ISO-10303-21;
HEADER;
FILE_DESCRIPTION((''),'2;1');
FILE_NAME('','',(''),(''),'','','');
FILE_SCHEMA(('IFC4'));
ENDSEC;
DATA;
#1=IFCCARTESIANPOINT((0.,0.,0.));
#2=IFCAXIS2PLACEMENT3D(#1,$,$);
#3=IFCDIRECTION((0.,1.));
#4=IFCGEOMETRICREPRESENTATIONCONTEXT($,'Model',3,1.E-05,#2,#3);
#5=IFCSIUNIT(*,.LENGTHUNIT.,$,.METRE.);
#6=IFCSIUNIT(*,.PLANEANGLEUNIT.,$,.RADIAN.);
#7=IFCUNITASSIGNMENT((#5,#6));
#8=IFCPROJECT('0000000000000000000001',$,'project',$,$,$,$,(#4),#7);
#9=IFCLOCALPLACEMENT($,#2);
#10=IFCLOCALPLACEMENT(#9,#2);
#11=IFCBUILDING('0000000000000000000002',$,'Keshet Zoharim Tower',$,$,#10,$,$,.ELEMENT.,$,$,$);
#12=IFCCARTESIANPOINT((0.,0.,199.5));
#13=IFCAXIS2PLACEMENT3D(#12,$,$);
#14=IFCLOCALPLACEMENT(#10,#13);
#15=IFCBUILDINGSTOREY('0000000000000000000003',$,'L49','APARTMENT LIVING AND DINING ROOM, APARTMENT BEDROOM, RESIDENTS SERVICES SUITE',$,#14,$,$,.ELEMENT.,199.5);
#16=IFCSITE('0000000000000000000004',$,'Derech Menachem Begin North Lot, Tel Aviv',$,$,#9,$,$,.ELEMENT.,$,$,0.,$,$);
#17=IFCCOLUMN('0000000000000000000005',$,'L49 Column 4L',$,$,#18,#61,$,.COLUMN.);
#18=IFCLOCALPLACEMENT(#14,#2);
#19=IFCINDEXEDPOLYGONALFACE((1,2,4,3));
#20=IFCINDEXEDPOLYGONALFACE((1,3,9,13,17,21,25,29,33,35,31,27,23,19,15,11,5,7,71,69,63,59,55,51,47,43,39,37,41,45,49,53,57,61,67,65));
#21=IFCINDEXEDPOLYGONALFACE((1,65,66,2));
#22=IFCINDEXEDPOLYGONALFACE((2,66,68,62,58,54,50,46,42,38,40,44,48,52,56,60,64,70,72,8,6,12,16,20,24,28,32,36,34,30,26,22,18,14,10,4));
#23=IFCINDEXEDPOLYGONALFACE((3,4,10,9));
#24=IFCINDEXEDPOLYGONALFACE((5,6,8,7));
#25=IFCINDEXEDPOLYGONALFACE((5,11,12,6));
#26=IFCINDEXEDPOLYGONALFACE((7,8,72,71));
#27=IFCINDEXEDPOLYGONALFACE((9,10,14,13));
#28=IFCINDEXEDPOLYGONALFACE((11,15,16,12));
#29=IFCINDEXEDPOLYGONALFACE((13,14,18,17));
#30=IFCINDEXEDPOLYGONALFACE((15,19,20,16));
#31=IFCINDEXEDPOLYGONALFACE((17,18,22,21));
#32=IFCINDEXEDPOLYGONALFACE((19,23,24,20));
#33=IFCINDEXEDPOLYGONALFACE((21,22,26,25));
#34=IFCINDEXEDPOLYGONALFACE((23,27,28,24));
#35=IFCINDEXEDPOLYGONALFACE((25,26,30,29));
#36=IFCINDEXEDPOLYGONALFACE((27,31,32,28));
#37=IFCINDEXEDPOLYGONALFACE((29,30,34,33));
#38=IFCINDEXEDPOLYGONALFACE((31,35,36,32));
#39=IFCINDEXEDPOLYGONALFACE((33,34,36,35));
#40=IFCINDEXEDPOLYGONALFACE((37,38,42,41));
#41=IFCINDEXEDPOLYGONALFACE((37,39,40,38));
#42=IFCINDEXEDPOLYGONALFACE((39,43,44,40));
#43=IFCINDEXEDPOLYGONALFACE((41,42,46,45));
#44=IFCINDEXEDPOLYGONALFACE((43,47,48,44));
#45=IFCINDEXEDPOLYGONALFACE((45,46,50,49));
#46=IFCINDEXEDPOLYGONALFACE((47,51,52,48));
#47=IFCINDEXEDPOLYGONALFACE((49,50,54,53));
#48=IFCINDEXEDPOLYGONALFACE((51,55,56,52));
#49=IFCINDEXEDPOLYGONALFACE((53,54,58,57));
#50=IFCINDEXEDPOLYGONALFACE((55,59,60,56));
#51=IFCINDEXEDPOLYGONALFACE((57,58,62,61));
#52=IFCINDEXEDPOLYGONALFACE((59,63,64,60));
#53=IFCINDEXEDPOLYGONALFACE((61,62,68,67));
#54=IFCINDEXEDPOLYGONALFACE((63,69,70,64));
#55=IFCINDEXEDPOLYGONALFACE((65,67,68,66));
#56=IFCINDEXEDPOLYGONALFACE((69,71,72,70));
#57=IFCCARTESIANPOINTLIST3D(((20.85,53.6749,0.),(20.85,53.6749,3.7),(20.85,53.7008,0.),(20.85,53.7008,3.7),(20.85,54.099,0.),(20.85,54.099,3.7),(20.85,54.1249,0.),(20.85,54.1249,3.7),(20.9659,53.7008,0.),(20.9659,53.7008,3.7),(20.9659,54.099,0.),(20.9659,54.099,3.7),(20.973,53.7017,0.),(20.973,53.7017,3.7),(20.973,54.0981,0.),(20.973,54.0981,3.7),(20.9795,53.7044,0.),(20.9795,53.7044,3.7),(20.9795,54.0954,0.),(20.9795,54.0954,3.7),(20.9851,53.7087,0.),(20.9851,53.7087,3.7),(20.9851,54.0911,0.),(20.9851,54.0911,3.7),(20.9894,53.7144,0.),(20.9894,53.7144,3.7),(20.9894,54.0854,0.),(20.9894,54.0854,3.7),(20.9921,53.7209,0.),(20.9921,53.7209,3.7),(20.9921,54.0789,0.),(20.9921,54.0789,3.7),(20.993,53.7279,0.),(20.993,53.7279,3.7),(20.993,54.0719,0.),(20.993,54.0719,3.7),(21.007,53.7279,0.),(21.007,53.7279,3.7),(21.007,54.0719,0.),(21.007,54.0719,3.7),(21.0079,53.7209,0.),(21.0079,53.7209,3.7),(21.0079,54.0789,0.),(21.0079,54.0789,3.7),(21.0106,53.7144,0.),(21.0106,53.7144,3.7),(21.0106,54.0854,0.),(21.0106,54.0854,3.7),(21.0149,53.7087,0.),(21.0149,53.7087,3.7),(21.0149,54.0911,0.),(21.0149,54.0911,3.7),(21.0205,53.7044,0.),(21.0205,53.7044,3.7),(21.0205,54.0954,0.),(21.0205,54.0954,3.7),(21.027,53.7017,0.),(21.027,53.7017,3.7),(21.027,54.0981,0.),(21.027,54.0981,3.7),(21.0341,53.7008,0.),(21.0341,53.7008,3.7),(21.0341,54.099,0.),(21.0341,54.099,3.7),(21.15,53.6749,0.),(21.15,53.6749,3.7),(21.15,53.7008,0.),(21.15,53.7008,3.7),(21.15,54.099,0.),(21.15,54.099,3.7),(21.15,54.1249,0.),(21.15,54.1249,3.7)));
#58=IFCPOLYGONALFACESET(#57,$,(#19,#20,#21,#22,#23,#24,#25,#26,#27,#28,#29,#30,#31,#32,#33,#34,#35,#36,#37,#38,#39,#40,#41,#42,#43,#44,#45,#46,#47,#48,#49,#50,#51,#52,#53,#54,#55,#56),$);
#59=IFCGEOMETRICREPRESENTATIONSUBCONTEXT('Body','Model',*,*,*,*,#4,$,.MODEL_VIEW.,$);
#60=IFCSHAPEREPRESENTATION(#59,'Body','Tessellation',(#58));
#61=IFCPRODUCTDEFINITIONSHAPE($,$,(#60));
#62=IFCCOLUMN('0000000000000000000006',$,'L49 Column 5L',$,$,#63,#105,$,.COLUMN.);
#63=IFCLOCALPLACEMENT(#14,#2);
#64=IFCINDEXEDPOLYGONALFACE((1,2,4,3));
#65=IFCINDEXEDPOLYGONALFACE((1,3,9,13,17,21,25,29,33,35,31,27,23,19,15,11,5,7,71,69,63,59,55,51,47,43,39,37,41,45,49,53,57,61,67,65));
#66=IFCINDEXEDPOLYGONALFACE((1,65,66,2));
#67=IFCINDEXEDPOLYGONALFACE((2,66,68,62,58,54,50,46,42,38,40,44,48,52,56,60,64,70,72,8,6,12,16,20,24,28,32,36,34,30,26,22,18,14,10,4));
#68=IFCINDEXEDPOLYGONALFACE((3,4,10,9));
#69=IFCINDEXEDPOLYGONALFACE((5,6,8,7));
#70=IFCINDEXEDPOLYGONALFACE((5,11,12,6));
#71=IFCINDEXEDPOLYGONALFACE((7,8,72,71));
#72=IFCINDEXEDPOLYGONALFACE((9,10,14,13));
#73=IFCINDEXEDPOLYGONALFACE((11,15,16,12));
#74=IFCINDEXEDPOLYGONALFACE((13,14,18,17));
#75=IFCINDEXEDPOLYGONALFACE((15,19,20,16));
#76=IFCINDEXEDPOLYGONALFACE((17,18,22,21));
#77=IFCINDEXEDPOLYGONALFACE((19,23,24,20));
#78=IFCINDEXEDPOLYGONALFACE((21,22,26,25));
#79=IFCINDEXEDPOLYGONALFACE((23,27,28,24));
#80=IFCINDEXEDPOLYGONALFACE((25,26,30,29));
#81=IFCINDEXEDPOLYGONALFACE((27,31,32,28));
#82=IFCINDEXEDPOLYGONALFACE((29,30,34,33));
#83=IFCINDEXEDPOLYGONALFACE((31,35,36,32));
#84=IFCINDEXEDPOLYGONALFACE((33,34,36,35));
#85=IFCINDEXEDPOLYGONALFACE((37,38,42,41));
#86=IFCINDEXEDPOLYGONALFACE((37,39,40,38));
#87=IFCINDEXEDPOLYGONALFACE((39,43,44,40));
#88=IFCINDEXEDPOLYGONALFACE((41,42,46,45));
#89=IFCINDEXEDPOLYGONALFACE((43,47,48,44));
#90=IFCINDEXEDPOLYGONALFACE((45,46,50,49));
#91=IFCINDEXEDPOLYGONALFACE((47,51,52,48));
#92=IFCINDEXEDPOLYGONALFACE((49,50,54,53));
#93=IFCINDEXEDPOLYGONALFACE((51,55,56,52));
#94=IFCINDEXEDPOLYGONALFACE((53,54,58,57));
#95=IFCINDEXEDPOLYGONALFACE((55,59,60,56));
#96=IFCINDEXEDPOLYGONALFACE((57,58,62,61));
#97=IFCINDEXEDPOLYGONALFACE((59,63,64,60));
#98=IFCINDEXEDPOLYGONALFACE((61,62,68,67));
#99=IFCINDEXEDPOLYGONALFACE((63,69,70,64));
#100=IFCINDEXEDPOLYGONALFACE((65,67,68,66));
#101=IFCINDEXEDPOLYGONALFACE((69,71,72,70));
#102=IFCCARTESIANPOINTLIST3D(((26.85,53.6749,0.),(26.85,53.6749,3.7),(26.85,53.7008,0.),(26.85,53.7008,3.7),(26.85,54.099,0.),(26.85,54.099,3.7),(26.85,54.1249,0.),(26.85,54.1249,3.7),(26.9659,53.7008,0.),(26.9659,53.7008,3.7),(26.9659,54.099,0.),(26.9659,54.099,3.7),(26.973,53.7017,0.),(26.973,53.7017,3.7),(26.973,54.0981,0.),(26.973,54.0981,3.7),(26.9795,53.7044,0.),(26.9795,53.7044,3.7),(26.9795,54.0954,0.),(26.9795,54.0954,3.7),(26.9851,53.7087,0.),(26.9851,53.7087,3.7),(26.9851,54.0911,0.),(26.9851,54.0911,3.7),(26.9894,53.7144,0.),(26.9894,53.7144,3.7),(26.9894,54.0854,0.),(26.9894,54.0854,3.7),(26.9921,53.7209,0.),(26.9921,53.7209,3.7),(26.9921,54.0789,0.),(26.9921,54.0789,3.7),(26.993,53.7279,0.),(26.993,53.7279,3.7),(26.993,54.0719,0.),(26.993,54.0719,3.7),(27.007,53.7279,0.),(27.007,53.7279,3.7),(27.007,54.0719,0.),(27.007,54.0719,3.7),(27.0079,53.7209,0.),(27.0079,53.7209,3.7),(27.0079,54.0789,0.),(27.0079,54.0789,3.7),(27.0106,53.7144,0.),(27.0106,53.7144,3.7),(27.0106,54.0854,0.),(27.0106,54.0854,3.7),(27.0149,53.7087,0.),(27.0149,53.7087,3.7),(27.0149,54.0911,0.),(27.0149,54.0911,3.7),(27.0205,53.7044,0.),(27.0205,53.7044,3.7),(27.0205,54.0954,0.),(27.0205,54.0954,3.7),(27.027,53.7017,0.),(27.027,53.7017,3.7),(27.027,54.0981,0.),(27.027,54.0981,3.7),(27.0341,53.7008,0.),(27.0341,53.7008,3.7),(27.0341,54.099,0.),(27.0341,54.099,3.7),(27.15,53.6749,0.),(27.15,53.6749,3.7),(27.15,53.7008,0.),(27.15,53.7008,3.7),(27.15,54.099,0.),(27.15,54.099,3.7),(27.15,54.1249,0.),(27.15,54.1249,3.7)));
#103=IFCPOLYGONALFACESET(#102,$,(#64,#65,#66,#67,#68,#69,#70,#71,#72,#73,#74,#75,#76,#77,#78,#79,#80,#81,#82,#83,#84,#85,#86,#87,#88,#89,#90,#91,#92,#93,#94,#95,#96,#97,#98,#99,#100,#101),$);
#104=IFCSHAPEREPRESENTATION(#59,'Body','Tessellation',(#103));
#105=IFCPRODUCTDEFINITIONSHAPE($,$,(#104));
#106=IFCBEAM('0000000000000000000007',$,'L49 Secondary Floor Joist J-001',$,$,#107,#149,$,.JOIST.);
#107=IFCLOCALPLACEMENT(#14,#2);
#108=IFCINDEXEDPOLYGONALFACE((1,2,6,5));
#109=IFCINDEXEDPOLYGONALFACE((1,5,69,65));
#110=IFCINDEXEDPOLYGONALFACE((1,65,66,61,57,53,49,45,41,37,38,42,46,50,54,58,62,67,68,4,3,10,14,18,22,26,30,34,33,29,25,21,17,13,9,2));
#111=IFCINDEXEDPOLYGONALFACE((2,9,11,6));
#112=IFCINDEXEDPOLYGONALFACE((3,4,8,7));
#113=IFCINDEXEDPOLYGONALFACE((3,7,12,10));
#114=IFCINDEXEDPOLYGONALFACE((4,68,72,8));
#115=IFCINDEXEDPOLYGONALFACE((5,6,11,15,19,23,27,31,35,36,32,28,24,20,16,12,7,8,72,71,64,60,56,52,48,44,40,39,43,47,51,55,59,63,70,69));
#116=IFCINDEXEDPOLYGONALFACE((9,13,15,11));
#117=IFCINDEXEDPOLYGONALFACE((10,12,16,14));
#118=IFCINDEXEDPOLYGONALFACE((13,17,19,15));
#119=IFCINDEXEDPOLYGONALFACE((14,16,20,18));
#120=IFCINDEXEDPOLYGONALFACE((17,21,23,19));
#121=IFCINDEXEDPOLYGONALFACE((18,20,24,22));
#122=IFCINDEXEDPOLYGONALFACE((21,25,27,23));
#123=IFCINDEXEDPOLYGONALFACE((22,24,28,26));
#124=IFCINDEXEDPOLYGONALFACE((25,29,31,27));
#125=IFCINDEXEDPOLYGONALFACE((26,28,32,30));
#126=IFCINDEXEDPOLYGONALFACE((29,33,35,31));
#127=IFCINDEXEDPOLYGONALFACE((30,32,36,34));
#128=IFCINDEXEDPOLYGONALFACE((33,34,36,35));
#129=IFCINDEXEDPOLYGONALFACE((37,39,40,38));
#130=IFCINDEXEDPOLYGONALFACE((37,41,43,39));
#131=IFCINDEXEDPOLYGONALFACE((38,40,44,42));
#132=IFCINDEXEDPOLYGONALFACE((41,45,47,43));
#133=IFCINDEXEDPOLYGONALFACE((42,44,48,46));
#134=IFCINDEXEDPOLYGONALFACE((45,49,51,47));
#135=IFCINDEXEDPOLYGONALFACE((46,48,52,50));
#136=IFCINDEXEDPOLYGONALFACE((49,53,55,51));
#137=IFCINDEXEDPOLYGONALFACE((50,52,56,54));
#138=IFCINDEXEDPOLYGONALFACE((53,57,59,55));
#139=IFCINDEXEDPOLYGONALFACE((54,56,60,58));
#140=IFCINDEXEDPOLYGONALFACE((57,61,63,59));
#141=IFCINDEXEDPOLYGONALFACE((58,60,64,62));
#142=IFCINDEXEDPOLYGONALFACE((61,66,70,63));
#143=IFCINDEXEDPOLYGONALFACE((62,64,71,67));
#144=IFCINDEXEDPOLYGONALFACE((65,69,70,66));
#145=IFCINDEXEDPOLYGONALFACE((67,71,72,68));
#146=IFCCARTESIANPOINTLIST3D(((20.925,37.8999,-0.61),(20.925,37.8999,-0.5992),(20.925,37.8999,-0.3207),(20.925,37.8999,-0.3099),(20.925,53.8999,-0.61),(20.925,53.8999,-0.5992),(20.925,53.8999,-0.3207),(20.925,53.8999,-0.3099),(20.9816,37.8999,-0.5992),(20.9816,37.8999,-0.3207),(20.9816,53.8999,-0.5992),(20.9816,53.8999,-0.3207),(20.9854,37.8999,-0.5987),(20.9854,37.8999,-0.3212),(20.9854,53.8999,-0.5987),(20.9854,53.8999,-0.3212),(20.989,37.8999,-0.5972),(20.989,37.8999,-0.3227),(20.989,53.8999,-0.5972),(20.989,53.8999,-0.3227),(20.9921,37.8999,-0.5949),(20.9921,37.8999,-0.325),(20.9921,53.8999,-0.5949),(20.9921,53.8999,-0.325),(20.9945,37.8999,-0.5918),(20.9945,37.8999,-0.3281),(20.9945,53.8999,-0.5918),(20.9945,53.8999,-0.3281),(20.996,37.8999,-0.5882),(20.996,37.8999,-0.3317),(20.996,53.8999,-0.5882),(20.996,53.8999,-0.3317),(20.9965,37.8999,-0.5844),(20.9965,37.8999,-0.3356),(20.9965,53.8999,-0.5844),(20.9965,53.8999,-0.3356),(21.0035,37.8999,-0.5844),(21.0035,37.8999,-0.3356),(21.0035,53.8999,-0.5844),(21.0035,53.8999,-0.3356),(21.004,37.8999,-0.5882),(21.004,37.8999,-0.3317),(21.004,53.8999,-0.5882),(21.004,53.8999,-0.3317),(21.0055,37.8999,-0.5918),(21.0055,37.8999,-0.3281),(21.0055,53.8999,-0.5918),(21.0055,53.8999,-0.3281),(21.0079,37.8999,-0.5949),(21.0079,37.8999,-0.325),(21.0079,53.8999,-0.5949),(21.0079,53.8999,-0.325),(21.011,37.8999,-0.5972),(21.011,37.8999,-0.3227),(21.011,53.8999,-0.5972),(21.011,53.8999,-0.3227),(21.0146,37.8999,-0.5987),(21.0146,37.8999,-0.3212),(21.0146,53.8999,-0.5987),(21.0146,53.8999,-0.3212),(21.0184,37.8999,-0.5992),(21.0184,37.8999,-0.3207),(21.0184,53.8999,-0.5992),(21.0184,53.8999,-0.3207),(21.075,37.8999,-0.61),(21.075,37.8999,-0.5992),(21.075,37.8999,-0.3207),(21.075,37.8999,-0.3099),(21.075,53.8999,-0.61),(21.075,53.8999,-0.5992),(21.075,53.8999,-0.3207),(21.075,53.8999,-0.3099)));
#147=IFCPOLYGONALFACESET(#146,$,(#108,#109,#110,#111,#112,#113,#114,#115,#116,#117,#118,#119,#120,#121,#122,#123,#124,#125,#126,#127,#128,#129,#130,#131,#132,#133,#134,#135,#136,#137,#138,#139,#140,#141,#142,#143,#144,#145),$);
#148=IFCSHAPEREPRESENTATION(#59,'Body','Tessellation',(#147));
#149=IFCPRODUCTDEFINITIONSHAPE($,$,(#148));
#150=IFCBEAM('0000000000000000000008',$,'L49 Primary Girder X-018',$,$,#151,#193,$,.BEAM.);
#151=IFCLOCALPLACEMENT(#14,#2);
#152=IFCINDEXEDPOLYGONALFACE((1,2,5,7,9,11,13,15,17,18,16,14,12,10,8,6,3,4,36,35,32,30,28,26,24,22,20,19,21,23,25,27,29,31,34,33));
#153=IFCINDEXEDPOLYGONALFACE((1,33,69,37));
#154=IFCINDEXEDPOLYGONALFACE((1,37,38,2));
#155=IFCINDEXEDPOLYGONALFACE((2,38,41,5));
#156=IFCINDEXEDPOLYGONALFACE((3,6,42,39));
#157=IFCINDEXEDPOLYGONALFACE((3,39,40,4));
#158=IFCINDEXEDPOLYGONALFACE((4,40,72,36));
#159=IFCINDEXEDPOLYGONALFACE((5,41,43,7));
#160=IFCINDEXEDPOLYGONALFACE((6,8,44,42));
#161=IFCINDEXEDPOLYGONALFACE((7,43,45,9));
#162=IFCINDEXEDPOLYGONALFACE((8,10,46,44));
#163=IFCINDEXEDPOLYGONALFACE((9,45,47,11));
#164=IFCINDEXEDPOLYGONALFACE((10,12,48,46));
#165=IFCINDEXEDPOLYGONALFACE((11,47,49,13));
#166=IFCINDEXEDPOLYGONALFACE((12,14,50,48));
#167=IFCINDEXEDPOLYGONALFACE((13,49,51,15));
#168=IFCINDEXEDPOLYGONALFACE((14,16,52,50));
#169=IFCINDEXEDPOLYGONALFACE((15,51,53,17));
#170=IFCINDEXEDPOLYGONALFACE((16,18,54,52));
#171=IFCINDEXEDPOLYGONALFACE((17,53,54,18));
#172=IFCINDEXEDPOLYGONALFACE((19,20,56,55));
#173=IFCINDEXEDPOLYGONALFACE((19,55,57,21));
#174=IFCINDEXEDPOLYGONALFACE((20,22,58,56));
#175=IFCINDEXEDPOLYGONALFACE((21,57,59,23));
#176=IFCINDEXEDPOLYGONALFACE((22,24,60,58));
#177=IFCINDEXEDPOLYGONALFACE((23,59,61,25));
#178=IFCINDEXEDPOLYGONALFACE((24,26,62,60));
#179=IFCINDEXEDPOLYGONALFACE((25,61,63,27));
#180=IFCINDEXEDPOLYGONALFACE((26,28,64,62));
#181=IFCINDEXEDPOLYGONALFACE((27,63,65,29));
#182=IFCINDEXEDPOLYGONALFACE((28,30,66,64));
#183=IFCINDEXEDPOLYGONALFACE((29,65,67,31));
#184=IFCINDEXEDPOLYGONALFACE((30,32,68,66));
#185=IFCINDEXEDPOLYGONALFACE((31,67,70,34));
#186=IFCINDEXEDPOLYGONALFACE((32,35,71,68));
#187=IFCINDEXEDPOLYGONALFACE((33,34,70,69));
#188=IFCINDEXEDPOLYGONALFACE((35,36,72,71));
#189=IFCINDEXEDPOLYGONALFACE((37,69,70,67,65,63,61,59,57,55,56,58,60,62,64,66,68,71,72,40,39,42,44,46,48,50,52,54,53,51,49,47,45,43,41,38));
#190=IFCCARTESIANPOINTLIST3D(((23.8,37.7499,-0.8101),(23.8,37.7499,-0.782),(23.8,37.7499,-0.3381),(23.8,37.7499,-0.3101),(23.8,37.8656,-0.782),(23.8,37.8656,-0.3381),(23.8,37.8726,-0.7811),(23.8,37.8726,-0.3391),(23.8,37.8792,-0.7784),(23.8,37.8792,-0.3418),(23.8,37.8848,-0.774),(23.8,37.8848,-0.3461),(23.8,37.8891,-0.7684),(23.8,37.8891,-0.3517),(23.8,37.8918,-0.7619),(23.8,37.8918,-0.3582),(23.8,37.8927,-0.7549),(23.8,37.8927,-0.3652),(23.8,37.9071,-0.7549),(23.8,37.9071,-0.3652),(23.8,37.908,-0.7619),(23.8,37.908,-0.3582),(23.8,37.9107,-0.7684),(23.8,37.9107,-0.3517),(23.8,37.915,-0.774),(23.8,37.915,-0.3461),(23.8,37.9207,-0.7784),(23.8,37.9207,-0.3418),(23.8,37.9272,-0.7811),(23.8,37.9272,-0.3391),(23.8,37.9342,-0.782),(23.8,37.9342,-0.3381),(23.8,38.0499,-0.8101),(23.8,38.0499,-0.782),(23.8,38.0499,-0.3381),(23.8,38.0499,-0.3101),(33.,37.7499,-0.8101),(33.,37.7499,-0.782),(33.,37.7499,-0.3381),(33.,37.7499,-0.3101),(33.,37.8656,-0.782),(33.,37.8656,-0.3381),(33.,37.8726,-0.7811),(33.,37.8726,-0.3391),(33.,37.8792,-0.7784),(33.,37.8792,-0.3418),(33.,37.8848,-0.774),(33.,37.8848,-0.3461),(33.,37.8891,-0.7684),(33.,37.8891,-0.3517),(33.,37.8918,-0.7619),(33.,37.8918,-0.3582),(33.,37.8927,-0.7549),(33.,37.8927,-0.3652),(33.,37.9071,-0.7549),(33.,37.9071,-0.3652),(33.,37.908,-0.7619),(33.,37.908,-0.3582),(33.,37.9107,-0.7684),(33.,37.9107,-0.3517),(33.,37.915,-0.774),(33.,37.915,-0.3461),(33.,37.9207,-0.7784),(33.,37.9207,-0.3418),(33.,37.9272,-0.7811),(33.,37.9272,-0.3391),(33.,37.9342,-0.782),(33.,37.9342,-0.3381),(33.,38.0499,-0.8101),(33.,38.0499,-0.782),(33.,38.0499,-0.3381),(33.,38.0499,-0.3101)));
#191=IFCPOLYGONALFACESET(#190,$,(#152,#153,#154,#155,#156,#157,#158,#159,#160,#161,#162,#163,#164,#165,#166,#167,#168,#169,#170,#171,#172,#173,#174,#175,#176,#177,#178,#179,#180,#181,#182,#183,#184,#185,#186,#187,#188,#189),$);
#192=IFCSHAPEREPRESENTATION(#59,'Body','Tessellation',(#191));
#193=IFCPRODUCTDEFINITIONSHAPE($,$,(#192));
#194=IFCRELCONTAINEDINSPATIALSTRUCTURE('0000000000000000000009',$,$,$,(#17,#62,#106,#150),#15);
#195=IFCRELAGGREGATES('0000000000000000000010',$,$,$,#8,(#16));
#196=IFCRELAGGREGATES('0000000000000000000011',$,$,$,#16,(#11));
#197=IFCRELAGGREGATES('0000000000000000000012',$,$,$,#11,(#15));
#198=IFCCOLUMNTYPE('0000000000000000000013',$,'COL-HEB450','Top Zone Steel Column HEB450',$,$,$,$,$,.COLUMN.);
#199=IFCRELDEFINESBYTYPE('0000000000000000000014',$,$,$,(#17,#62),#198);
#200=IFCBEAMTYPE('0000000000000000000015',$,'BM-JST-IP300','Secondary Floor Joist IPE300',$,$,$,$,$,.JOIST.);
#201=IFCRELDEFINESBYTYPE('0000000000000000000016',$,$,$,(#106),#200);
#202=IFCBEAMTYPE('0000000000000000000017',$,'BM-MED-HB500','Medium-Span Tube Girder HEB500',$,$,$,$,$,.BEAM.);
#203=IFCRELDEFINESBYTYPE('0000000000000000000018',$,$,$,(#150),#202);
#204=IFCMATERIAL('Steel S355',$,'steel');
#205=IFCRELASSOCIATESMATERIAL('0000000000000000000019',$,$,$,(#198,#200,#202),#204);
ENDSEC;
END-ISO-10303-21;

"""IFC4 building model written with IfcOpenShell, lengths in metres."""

from ifc_helpers import new_model, si_unit, direction, frame, origin, origin_2d, place, context, subcontext, project, spatial, i_section, extrude, material, material_profile, profile_set, type_object, element, save


model = new_model("IFC4")

# Units and contexts
model_context = context("Model", 3, precision=1e-05, world=origin(), true_north=direction((0.0, 1.0)))
body_context = subcontext(model_context, "Body", "Model", "MODEL_VIEW")
ifc_project = project(units=[si_unit("LENGTHUNIT", "METRE"), si_unit("PLANEANGLEUNIT", "RADIAN")], contexts=[model_context])

# Site, building, storey
site_placement = place(None, origin())
site = spatial("IfcSite", under=ifc_project, at=site_placement, Name="Derech Menachem Begin North Lot, Tel Aviv", CompositionType="ELEMENT", RefElevation=0.0)
building_placement = place(site_placement, origin())
building = spatial("IfcBuilding", under=site, at=building_placement, Name="Keshet Zoharim Tower", CompositionType="ELEMENT")
storey_placement = place(building_placement, frame((0.0, 0.0, 199.5)))
storey = spatial("IfcBuildingStorey", under=building, at=storey_placement, Name="L49", Description="APARTMENT LIVING AND DINING ROOM, APARTMENT BEDROOM, RESIDENTS SERVICES SUITE", CompositionType="ELEMENT", Elevation=199.5)

# Columns
ifc_material_1 = material(Name="Steel S355", Category="steel")
ifc_material_profile_1 = material_profile(ifc_material_1, i_section(OverallWidth=0.3, OverallDepth=0.45, WebThickness=0.0139, FlangeThickness=0.0259, FilletRadius=0.0271, at=origin_2d()), Name="HEB450")
ifc_profile_set_1 = profile_set([ifc_material_profile_1], Name="Steel S355")
column_type = type_object("IfcColumnType", Name="COL-HEB450", Description="Top Zone Steel Column HEB450", PredefinedType="COLUMN", material=ifc_profile_set_1)
for number, where, z_axis, x_axis, name in (
    (1, (21.0, 53.8999, 0.0), (0.0, 0.0, 1.0), (1.0, 0.0, 0.0), "L49 Column 4L"),
    (2, (27.0, 53.8999, 0.0), (0.0, 0.0, 1.0), (1.0, 0.0, 0.0), "L49 Column 5L"),
):
    element("IfcColumn", number, at=place(storey_placement, frame(where, z_axis=z_axis, x_axis=x_axis)), inside=storey, type_object=column_type, Name=name, PredefinedType="COLUMN", context=body_context, shape_type="SweptSolid", body=[
        extrude(i_section(OverallWidth=0.3, OverallDepth=0.45, WebThickness=0.0139, FlangeThickness=0.0259, FilletRadius=0.0271, at=origin_2d()), origin(), (0.0, 0.0, 1.0), 3.7),
    ])

# Beams
ifc_material_profile_2 = material_profile(ifc_material_1, i_section(OverallWidth=0.1499, OverallDepth=0.3, WebThickness=0.0071, FlangeThickness=0.0107, FilletRadius=0.0149, at=origin_2d()), Name="IPE300")
ifc_profile_set_2 = profile_set([ifc_material_profile_2], Name="Steel S355")
beam_type_1 = type_object("IfcBeamType", Name="BM-JST-IP300", Description="Secondary Floor Joist IPE300", PredefinedType="JOIST", material=ifc_profile_set_2)
beam_1_placement = place(storey_placement, frame((21.0, 37.8999, -0.46), z_axis=(0.0, 1.0, 0.0), x_axis=(-1.0, 0.0, 0.0)))
element("IfcBeam", 3, at=beam_1_placement, inside=storey, type_object=beam_type_1, Name="L49 Secondary Floor Joist J-001", PredefinedType="JOIST", context=body_context, shape_type="SweptSolid", body=[
    extrude(i_section(OverallWidth=0.1499, OverallDepth=0.3, WebThickness=0.0071, FlangeThickness=0.0107, FilletRadius=0.0149, at=origin_2d()), origin(), (0.0, 0.0, 1.0), 16.0),
])
ifc_material_profile_3 = material_profile(ifc_material_1, i_section(OverallWidth=0.3, OverallDepth=0.5, WebThickness=0.0144, FlangeThickness=0.0281, FilletRadius=0.0271, at=origin_2d()), Name="HEB500")
ifc_profile_set_3 = profile_set([ifc_material_profile_3], Name="Steel S355")
beam_type_2 = type_object("IfcBeamType", Name="BM-MED-HB500", Description="Medium-Span Tube Girder HEB500", PredefinedType="BEAM", material=ifc_profile_set_3)
beam_2_placement = place(storey_placement, frame((23.8, 37.8999, -0.5601), z_axis=(1.0, 0.0, 0.0), x_axis=(0.0, 1.0, 0.0)))
element("IfcBeam", 4, at=beam_2_placement, inside=storey, type_object=beam_type_2, Name="L49 Primary Girder X-018", PredefinedType="BEAM", context=body_context, shape_type="SweptSolid", body=[
    extrude(i_section(OverallWidth=0.3, OverallDepth=0.5, WebThickness=0.0144, FlangeThickness=0.0281, FilletRadius=0.0271, at=origin_2d()), origin(), (0.0, 0.0, 1.0), 9.2),
])

save(model, "model.ifc")
